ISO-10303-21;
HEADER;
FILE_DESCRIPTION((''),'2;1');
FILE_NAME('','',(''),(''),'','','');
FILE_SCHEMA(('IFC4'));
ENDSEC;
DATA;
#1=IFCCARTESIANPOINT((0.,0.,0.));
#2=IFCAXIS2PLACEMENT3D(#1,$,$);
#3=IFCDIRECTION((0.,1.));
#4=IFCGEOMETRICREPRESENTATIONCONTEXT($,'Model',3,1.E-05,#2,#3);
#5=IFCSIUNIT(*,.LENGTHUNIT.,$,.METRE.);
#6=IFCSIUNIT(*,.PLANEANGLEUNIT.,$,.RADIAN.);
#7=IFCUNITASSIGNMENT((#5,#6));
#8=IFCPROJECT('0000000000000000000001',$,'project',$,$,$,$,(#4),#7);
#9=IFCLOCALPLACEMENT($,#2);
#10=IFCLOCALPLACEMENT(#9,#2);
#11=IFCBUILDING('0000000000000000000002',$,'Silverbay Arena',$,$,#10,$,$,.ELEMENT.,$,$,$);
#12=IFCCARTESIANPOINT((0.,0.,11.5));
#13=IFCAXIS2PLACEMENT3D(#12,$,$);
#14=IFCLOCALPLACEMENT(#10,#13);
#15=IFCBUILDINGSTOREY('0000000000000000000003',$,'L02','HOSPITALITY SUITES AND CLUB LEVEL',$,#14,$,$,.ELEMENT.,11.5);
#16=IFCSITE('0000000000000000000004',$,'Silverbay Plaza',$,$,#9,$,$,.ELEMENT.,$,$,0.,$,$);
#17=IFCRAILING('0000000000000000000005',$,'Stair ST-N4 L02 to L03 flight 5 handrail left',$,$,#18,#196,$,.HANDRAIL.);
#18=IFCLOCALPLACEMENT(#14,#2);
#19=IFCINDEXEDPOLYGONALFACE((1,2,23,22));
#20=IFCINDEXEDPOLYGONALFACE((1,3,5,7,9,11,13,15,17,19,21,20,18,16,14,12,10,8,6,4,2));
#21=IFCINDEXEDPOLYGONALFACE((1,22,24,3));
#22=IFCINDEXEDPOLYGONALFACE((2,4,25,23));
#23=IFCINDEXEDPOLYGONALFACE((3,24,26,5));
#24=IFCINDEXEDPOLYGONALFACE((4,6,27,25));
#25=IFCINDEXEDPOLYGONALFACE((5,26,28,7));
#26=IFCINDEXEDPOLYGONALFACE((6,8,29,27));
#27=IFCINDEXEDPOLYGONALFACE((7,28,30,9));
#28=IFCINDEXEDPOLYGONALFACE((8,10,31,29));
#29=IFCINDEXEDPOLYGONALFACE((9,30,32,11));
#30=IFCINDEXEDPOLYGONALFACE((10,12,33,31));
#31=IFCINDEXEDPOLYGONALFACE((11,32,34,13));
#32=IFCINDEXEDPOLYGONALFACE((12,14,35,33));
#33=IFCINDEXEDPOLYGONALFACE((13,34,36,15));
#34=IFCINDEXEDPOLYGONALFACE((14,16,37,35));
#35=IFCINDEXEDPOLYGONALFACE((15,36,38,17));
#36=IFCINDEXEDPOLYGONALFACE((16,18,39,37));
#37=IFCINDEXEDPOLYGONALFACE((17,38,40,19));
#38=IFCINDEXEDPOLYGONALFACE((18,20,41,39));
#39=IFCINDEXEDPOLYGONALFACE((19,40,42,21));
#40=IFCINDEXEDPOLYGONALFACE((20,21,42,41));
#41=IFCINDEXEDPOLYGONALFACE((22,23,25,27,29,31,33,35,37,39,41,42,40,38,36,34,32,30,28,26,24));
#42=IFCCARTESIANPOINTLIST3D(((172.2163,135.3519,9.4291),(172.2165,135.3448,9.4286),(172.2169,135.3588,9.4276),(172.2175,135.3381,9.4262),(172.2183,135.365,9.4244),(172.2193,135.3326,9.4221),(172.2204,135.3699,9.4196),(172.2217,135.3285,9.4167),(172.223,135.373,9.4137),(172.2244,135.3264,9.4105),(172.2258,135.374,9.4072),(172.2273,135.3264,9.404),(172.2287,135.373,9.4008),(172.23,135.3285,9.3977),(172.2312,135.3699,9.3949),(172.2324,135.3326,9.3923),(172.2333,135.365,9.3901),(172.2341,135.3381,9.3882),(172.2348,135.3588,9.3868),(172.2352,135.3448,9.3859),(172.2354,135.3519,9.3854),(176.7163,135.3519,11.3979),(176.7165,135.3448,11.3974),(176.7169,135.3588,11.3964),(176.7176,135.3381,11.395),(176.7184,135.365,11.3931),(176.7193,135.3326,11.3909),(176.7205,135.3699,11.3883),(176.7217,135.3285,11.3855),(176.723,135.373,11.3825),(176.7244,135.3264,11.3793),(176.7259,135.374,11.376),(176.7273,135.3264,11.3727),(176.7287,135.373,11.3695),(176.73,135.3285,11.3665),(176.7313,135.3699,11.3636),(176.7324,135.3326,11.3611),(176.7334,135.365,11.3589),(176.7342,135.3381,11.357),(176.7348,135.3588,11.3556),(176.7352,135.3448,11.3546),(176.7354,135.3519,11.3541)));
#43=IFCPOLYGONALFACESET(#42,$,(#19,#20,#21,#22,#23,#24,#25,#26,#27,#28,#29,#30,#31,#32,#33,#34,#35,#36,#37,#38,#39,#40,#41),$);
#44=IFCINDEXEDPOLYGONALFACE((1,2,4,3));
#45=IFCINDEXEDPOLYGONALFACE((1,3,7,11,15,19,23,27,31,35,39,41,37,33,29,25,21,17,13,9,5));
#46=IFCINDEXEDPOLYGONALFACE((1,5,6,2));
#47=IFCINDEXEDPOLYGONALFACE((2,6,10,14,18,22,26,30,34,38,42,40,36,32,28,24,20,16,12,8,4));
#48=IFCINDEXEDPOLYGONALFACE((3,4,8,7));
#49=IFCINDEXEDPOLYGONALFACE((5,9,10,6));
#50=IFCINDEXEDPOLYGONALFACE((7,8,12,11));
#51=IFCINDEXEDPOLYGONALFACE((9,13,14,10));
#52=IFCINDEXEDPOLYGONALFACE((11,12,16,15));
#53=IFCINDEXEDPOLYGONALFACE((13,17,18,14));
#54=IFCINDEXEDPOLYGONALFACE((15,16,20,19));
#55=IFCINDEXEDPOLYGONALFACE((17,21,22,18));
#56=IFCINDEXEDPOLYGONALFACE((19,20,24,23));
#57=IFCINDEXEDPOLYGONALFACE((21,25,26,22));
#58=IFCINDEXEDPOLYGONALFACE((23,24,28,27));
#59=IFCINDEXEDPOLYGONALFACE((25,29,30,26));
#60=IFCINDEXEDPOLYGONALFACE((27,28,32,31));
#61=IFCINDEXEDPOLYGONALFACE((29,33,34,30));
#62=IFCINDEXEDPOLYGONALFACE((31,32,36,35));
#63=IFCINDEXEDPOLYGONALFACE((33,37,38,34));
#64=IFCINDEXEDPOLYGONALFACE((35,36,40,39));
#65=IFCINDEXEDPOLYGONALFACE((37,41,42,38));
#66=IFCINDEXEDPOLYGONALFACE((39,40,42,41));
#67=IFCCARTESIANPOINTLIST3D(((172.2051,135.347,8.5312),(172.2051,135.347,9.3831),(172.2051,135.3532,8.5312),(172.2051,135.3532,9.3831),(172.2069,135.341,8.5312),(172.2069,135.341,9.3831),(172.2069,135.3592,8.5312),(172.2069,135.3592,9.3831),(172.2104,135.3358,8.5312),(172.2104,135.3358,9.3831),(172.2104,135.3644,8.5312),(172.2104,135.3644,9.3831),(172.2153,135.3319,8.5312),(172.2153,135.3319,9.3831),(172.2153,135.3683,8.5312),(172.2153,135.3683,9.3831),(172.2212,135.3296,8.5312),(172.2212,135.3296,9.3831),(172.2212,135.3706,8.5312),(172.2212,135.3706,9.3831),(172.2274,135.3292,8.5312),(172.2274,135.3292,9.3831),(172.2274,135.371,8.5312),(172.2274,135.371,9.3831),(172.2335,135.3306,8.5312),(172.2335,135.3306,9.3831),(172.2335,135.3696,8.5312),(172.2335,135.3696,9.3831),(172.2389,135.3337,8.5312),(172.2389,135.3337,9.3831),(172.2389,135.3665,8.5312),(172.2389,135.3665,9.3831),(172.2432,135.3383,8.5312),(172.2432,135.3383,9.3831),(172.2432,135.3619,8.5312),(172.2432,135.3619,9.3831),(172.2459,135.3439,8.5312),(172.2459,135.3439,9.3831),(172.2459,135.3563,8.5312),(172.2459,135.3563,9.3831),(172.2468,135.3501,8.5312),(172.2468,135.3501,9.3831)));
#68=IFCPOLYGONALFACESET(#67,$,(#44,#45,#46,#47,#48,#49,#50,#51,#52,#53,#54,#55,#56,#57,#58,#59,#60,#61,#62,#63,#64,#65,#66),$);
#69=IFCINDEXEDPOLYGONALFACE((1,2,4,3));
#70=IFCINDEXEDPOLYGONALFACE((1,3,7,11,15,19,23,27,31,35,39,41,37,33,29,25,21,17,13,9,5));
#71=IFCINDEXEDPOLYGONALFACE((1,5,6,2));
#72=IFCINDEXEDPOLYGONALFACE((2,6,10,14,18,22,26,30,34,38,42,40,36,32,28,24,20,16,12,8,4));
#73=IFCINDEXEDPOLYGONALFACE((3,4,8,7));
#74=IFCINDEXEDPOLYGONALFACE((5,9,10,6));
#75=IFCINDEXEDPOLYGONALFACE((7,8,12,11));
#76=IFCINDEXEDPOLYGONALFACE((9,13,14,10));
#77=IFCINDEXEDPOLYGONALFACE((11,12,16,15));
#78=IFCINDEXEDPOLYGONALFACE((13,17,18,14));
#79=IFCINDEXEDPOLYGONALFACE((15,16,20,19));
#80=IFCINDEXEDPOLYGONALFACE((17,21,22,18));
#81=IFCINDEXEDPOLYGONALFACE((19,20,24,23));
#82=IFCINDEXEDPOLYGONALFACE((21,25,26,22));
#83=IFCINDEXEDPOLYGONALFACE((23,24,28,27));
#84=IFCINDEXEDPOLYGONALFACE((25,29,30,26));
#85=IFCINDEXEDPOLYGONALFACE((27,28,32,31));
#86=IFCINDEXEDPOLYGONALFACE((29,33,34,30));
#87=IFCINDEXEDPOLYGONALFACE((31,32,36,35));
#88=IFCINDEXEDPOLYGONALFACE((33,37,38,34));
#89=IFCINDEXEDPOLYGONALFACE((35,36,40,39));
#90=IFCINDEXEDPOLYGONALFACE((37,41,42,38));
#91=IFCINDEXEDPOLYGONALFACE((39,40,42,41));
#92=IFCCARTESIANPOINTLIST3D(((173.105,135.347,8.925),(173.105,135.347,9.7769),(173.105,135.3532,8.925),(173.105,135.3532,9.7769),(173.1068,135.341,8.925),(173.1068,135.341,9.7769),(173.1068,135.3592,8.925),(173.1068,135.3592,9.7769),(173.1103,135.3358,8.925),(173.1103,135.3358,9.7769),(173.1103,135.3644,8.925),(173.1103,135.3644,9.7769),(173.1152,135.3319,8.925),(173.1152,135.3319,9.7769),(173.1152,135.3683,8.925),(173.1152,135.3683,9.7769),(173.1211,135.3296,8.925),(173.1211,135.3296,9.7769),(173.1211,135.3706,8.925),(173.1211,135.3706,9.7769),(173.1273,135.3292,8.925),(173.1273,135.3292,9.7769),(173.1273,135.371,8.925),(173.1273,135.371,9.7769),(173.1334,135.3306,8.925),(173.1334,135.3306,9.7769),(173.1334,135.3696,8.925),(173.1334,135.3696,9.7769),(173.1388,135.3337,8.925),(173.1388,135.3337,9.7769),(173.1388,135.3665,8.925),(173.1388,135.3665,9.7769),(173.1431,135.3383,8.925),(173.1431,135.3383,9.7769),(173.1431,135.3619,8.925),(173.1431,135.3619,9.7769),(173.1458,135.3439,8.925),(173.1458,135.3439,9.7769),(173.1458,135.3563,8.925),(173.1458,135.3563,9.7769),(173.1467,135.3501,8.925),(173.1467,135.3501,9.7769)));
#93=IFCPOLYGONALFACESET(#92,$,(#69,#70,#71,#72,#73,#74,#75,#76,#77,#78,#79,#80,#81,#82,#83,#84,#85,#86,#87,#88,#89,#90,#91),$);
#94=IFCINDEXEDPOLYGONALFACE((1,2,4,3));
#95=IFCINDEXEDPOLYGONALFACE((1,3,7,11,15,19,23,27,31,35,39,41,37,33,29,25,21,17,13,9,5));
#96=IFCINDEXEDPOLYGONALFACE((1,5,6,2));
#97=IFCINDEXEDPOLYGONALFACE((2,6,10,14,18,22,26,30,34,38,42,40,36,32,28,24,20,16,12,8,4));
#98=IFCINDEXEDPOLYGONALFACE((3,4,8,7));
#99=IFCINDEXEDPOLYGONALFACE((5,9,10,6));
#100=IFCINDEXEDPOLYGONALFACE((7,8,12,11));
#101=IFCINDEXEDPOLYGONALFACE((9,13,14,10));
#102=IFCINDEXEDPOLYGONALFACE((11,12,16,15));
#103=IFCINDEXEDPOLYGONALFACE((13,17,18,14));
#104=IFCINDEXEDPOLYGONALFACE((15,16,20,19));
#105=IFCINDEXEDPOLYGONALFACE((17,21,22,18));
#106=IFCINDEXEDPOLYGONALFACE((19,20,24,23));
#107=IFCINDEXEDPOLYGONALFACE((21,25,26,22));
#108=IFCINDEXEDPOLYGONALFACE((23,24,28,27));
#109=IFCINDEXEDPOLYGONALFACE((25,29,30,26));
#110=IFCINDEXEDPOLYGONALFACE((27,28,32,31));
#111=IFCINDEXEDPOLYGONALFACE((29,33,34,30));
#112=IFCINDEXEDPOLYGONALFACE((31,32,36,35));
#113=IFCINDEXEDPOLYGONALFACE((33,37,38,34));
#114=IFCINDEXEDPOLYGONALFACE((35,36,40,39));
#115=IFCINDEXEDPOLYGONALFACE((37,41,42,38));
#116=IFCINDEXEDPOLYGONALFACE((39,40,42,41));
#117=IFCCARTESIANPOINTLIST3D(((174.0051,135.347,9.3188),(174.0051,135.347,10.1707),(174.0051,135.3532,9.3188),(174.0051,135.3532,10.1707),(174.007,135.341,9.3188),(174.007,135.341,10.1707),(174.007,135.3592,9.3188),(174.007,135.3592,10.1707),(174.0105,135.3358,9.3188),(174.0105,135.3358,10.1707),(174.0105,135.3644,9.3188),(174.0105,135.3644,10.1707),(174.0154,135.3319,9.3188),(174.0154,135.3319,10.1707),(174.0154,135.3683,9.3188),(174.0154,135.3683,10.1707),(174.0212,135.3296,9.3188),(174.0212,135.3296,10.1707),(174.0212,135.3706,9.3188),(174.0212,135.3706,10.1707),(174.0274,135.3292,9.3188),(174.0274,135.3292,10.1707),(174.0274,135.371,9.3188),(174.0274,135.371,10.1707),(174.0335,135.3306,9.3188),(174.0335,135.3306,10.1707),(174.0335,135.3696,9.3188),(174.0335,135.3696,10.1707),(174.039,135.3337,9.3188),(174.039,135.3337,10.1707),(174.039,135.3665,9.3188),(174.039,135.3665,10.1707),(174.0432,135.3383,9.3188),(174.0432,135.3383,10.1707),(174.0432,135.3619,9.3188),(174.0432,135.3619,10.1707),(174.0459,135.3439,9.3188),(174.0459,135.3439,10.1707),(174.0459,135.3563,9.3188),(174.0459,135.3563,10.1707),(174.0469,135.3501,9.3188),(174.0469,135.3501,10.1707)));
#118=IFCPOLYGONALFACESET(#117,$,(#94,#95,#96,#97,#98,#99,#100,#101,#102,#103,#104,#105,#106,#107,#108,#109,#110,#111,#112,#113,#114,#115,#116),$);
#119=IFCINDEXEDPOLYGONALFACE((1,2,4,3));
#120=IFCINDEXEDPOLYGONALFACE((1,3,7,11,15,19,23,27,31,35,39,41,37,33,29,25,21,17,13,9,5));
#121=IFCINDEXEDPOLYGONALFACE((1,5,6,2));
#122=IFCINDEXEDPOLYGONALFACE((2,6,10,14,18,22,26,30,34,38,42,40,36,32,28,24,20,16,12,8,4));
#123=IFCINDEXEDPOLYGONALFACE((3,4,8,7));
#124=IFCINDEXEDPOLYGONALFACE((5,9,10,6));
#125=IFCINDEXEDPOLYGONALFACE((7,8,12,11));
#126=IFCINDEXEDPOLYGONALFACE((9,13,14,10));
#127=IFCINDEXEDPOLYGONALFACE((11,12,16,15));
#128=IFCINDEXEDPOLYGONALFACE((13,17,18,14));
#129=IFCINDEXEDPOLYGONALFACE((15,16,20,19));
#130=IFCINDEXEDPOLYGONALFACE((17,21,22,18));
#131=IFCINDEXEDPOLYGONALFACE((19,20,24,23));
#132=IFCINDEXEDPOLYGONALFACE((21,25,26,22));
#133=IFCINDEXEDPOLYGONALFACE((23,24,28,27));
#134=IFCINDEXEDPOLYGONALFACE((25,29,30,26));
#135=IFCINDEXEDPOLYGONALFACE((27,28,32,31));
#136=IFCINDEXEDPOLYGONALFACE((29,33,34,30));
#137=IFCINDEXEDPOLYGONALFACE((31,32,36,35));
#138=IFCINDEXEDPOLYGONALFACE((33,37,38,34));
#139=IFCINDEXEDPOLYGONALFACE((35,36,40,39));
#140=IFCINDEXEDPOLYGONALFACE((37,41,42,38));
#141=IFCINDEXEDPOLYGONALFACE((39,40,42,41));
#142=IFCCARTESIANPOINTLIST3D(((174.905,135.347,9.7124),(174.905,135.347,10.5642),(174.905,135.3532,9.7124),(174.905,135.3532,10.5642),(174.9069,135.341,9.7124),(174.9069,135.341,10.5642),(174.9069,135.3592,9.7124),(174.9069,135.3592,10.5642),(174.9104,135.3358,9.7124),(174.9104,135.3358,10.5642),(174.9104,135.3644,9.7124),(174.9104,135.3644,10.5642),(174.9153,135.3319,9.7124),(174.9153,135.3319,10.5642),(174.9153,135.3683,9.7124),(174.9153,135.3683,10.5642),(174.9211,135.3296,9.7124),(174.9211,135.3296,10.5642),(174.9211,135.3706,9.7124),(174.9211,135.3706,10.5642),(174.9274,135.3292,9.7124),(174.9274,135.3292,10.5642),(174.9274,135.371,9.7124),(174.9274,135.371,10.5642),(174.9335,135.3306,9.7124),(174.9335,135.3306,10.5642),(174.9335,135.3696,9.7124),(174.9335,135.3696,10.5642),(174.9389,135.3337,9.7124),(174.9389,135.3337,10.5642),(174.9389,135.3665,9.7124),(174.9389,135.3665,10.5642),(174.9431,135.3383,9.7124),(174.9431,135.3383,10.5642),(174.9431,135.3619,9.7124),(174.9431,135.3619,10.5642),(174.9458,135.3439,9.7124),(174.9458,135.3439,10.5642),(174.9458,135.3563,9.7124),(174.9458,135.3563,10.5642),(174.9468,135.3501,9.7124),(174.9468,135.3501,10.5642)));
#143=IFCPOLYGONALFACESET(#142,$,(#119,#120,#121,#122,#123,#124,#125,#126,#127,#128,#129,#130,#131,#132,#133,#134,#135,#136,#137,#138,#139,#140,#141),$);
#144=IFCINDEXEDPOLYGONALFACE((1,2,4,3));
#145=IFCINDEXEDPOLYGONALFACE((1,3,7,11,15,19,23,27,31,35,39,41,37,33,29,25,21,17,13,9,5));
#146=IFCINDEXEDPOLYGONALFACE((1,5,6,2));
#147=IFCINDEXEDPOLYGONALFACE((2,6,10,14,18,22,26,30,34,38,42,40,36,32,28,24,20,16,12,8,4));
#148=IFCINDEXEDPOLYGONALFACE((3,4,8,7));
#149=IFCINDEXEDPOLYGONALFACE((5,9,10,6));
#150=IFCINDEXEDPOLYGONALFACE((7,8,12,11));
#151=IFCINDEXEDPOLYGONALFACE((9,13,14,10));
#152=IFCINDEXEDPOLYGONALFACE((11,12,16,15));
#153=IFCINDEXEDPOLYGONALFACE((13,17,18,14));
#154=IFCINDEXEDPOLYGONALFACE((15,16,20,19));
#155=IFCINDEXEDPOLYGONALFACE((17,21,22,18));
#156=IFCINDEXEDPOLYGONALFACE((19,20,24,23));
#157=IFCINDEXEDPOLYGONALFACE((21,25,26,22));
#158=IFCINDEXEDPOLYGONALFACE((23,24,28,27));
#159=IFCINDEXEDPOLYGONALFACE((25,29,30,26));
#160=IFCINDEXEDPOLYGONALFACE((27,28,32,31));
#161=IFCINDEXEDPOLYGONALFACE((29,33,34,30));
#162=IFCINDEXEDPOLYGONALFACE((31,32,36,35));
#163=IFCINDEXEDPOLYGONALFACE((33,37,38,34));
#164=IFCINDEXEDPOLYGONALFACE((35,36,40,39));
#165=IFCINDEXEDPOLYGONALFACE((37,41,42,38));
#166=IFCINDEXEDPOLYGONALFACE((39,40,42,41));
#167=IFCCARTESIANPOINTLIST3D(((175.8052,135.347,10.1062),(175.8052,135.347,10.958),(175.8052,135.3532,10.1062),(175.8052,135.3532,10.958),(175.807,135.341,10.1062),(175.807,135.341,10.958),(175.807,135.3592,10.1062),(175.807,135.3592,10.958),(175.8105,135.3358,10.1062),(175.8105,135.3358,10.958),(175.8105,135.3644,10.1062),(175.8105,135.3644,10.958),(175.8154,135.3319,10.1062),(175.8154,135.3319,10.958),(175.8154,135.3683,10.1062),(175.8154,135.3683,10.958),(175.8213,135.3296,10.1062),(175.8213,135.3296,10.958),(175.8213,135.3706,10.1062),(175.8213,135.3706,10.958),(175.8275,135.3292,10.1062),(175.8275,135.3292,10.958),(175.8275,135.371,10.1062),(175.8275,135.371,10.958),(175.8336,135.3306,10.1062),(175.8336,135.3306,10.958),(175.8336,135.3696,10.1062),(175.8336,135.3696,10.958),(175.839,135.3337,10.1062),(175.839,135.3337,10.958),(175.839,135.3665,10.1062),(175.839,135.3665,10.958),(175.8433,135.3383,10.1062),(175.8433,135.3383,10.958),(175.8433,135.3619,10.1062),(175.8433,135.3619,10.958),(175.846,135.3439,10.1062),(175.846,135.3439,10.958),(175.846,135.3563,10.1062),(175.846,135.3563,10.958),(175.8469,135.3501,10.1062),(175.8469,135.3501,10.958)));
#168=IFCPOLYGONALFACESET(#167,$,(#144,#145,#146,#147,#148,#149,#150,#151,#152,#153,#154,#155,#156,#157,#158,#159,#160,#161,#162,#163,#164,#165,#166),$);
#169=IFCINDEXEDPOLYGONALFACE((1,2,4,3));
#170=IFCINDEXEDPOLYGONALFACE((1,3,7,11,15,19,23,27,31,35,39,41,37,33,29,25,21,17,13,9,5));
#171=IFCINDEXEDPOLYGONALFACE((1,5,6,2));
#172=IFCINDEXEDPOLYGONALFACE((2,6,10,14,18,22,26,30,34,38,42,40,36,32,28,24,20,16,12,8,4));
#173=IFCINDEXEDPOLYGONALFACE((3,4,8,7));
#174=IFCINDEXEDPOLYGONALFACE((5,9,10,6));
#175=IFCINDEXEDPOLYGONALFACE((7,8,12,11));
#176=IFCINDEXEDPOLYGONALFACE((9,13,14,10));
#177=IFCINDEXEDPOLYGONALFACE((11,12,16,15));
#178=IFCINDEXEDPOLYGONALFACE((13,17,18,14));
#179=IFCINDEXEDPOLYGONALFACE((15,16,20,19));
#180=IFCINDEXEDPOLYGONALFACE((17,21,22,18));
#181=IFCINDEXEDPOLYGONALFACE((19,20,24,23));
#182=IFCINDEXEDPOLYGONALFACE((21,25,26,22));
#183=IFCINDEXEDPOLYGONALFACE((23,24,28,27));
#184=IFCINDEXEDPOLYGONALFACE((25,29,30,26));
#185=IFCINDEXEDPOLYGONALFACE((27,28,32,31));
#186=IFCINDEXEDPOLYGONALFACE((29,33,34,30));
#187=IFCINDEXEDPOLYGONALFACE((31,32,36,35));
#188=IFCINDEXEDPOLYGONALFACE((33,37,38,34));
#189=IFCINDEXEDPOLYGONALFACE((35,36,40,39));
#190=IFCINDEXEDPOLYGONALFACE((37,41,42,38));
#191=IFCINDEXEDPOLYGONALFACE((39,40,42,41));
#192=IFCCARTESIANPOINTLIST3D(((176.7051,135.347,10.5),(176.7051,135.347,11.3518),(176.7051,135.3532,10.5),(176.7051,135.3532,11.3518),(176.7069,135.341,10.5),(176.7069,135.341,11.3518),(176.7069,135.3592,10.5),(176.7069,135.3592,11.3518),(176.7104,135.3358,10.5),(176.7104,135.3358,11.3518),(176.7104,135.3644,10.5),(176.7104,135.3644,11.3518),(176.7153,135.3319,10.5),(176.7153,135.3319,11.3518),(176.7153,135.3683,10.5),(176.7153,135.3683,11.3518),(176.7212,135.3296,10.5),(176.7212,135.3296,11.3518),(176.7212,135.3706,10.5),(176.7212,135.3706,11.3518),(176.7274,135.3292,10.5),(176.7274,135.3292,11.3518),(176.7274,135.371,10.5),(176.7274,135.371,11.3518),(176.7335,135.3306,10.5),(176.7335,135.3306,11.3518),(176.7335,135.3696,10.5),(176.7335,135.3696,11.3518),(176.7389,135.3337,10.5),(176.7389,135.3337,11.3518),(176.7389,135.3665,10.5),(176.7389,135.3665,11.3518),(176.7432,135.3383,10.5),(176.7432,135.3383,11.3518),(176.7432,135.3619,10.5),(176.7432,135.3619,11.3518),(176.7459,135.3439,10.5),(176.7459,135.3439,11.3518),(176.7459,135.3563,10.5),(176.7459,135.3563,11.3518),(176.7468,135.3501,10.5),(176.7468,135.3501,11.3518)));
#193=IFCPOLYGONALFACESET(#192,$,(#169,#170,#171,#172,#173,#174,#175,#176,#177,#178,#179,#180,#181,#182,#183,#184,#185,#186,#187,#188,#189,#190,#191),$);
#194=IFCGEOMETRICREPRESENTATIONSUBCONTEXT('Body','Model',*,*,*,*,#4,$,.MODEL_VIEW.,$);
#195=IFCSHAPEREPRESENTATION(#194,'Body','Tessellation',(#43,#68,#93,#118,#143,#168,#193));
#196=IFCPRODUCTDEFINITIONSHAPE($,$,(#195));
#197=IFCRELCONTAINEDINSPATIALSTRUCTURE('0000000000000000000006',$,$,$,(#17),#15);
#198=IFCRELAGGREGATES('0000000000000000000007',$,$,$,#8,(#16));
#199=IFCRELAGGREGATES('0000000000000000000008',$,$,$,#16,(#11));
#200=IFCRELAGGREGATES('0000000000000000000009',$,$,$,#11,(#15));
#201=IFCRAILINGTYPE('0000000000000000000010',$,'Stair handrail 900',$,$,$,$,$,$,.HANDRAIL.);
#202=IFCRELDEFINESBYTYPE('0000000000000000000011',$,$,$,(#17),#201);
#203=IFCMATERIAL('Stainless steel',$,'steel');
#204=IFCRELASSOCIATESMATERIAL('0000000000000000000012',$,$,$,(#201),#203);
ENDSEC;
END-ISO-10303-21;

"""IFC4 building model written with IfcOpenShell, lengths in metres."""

from ifc_helpers import new_model, si_unit, direction, frame, origin, origin_2d, place, context, subcontext, project, spatial, circle, extrude, material, type_object, element, save


model = new_model("IFC4")

# Units and contexts
model_context = context("Model", 3, precision=1e-05, world=origin(), true_north=direction((0.0, 1.0)))
body_context = subcontext(model_context, "Body", "Model", "MODEL_VIEW")
ifc_project = project(units=[si_unit("LENGTHUNIT", "METRE"), si_unit("PLANEANGLEUNIT", "RADIAN")], contexts=[model_context])

# Site, building, storey
site_placement = place(None, origin())
site = spatial("IfcSite", under=ifc_project, at=site_placement, Name="Silverbay Plaza", CompositionType="ELEMENT", RefElevation=0.0)
building_placement = place(site_placement, origin())
building = spatial("IfcBuilding", under=site, at=building_placement, Name="Silverbay Arena", CompositionType="ELEMENT")
storey_placement = place(building_placement, frame((0.0, 0.0, 11.5)))
storey = spatial("IfcBuildingStorey", under=building, at=storey_placement, Name="L02", Description="HOSPITALITY SUITES AND CLUB LEVEL", CompositionType="ELEMENT", Elevation=11.5)

# Railing
ifc_material_1 = material(Name="Stainless steel", Category="steel")
railing_type = type_object("IfcRailingType", Name="Stair handrail 900", PredefinedType="HANDRAIL", material=ifc_material_1)
railing_1_placement = place(storey_placement, frame((172.2258, 135.3501, 8.5312)))
element("IfcRailing", 1, at=railing_1_placement, inside=storey, type_object=railing_type, Name="Stair ST-N4 L02 to L03 flight 5 handrail left", PredefinedType="HANDRAIL", context=body_context, shape_type="SweptSolid", body=[
    extrude(circle(Radius=0.0239, at=origin_2d()), frame((0.0, 0.0, 0.876), z_axis=(0.916157, 0.0, 0.400819), x_axis=(0.0, 1.0, 0.0)), (0.0, 0.0, 1.0), 4.9119),
    extrude(circle(Radius=0.021, at=origin_2d()), origin(), (0.0, 0.0, 1.0), 0.8518),
    extrude(circle(Radius=0.021, at=origin_2d()), frame((0.8999, 0.0, 0.3938)), (0.0, 0.0, 1.0), 0.8518),
    extrude(circle(Radius=0.021, at=origin_2d()), frame((1.8, 0.0, 0.7876)), (0.0, 0.0, 1.0), 0.8518),
    extrude(circle(Radius=0.021, at=origin_2d()), frame((2.7, 0.0, 1.1812)), (0.0, 0.0, 1.0), 0.8518),
    extrude(circle(Radius=0.021, at=origin_2d()), frame((3.6001, 0.0, 1.575)), (0.0, 0.0, 1.0), 0.8518),
    extrude(circle(Radius=0.021, at=origin_2d()), frame((4.5, 0.0, 1.9688)), (0.0, 0.0, 1.0), 0.8518),
])

save(model, "model.ifc")
